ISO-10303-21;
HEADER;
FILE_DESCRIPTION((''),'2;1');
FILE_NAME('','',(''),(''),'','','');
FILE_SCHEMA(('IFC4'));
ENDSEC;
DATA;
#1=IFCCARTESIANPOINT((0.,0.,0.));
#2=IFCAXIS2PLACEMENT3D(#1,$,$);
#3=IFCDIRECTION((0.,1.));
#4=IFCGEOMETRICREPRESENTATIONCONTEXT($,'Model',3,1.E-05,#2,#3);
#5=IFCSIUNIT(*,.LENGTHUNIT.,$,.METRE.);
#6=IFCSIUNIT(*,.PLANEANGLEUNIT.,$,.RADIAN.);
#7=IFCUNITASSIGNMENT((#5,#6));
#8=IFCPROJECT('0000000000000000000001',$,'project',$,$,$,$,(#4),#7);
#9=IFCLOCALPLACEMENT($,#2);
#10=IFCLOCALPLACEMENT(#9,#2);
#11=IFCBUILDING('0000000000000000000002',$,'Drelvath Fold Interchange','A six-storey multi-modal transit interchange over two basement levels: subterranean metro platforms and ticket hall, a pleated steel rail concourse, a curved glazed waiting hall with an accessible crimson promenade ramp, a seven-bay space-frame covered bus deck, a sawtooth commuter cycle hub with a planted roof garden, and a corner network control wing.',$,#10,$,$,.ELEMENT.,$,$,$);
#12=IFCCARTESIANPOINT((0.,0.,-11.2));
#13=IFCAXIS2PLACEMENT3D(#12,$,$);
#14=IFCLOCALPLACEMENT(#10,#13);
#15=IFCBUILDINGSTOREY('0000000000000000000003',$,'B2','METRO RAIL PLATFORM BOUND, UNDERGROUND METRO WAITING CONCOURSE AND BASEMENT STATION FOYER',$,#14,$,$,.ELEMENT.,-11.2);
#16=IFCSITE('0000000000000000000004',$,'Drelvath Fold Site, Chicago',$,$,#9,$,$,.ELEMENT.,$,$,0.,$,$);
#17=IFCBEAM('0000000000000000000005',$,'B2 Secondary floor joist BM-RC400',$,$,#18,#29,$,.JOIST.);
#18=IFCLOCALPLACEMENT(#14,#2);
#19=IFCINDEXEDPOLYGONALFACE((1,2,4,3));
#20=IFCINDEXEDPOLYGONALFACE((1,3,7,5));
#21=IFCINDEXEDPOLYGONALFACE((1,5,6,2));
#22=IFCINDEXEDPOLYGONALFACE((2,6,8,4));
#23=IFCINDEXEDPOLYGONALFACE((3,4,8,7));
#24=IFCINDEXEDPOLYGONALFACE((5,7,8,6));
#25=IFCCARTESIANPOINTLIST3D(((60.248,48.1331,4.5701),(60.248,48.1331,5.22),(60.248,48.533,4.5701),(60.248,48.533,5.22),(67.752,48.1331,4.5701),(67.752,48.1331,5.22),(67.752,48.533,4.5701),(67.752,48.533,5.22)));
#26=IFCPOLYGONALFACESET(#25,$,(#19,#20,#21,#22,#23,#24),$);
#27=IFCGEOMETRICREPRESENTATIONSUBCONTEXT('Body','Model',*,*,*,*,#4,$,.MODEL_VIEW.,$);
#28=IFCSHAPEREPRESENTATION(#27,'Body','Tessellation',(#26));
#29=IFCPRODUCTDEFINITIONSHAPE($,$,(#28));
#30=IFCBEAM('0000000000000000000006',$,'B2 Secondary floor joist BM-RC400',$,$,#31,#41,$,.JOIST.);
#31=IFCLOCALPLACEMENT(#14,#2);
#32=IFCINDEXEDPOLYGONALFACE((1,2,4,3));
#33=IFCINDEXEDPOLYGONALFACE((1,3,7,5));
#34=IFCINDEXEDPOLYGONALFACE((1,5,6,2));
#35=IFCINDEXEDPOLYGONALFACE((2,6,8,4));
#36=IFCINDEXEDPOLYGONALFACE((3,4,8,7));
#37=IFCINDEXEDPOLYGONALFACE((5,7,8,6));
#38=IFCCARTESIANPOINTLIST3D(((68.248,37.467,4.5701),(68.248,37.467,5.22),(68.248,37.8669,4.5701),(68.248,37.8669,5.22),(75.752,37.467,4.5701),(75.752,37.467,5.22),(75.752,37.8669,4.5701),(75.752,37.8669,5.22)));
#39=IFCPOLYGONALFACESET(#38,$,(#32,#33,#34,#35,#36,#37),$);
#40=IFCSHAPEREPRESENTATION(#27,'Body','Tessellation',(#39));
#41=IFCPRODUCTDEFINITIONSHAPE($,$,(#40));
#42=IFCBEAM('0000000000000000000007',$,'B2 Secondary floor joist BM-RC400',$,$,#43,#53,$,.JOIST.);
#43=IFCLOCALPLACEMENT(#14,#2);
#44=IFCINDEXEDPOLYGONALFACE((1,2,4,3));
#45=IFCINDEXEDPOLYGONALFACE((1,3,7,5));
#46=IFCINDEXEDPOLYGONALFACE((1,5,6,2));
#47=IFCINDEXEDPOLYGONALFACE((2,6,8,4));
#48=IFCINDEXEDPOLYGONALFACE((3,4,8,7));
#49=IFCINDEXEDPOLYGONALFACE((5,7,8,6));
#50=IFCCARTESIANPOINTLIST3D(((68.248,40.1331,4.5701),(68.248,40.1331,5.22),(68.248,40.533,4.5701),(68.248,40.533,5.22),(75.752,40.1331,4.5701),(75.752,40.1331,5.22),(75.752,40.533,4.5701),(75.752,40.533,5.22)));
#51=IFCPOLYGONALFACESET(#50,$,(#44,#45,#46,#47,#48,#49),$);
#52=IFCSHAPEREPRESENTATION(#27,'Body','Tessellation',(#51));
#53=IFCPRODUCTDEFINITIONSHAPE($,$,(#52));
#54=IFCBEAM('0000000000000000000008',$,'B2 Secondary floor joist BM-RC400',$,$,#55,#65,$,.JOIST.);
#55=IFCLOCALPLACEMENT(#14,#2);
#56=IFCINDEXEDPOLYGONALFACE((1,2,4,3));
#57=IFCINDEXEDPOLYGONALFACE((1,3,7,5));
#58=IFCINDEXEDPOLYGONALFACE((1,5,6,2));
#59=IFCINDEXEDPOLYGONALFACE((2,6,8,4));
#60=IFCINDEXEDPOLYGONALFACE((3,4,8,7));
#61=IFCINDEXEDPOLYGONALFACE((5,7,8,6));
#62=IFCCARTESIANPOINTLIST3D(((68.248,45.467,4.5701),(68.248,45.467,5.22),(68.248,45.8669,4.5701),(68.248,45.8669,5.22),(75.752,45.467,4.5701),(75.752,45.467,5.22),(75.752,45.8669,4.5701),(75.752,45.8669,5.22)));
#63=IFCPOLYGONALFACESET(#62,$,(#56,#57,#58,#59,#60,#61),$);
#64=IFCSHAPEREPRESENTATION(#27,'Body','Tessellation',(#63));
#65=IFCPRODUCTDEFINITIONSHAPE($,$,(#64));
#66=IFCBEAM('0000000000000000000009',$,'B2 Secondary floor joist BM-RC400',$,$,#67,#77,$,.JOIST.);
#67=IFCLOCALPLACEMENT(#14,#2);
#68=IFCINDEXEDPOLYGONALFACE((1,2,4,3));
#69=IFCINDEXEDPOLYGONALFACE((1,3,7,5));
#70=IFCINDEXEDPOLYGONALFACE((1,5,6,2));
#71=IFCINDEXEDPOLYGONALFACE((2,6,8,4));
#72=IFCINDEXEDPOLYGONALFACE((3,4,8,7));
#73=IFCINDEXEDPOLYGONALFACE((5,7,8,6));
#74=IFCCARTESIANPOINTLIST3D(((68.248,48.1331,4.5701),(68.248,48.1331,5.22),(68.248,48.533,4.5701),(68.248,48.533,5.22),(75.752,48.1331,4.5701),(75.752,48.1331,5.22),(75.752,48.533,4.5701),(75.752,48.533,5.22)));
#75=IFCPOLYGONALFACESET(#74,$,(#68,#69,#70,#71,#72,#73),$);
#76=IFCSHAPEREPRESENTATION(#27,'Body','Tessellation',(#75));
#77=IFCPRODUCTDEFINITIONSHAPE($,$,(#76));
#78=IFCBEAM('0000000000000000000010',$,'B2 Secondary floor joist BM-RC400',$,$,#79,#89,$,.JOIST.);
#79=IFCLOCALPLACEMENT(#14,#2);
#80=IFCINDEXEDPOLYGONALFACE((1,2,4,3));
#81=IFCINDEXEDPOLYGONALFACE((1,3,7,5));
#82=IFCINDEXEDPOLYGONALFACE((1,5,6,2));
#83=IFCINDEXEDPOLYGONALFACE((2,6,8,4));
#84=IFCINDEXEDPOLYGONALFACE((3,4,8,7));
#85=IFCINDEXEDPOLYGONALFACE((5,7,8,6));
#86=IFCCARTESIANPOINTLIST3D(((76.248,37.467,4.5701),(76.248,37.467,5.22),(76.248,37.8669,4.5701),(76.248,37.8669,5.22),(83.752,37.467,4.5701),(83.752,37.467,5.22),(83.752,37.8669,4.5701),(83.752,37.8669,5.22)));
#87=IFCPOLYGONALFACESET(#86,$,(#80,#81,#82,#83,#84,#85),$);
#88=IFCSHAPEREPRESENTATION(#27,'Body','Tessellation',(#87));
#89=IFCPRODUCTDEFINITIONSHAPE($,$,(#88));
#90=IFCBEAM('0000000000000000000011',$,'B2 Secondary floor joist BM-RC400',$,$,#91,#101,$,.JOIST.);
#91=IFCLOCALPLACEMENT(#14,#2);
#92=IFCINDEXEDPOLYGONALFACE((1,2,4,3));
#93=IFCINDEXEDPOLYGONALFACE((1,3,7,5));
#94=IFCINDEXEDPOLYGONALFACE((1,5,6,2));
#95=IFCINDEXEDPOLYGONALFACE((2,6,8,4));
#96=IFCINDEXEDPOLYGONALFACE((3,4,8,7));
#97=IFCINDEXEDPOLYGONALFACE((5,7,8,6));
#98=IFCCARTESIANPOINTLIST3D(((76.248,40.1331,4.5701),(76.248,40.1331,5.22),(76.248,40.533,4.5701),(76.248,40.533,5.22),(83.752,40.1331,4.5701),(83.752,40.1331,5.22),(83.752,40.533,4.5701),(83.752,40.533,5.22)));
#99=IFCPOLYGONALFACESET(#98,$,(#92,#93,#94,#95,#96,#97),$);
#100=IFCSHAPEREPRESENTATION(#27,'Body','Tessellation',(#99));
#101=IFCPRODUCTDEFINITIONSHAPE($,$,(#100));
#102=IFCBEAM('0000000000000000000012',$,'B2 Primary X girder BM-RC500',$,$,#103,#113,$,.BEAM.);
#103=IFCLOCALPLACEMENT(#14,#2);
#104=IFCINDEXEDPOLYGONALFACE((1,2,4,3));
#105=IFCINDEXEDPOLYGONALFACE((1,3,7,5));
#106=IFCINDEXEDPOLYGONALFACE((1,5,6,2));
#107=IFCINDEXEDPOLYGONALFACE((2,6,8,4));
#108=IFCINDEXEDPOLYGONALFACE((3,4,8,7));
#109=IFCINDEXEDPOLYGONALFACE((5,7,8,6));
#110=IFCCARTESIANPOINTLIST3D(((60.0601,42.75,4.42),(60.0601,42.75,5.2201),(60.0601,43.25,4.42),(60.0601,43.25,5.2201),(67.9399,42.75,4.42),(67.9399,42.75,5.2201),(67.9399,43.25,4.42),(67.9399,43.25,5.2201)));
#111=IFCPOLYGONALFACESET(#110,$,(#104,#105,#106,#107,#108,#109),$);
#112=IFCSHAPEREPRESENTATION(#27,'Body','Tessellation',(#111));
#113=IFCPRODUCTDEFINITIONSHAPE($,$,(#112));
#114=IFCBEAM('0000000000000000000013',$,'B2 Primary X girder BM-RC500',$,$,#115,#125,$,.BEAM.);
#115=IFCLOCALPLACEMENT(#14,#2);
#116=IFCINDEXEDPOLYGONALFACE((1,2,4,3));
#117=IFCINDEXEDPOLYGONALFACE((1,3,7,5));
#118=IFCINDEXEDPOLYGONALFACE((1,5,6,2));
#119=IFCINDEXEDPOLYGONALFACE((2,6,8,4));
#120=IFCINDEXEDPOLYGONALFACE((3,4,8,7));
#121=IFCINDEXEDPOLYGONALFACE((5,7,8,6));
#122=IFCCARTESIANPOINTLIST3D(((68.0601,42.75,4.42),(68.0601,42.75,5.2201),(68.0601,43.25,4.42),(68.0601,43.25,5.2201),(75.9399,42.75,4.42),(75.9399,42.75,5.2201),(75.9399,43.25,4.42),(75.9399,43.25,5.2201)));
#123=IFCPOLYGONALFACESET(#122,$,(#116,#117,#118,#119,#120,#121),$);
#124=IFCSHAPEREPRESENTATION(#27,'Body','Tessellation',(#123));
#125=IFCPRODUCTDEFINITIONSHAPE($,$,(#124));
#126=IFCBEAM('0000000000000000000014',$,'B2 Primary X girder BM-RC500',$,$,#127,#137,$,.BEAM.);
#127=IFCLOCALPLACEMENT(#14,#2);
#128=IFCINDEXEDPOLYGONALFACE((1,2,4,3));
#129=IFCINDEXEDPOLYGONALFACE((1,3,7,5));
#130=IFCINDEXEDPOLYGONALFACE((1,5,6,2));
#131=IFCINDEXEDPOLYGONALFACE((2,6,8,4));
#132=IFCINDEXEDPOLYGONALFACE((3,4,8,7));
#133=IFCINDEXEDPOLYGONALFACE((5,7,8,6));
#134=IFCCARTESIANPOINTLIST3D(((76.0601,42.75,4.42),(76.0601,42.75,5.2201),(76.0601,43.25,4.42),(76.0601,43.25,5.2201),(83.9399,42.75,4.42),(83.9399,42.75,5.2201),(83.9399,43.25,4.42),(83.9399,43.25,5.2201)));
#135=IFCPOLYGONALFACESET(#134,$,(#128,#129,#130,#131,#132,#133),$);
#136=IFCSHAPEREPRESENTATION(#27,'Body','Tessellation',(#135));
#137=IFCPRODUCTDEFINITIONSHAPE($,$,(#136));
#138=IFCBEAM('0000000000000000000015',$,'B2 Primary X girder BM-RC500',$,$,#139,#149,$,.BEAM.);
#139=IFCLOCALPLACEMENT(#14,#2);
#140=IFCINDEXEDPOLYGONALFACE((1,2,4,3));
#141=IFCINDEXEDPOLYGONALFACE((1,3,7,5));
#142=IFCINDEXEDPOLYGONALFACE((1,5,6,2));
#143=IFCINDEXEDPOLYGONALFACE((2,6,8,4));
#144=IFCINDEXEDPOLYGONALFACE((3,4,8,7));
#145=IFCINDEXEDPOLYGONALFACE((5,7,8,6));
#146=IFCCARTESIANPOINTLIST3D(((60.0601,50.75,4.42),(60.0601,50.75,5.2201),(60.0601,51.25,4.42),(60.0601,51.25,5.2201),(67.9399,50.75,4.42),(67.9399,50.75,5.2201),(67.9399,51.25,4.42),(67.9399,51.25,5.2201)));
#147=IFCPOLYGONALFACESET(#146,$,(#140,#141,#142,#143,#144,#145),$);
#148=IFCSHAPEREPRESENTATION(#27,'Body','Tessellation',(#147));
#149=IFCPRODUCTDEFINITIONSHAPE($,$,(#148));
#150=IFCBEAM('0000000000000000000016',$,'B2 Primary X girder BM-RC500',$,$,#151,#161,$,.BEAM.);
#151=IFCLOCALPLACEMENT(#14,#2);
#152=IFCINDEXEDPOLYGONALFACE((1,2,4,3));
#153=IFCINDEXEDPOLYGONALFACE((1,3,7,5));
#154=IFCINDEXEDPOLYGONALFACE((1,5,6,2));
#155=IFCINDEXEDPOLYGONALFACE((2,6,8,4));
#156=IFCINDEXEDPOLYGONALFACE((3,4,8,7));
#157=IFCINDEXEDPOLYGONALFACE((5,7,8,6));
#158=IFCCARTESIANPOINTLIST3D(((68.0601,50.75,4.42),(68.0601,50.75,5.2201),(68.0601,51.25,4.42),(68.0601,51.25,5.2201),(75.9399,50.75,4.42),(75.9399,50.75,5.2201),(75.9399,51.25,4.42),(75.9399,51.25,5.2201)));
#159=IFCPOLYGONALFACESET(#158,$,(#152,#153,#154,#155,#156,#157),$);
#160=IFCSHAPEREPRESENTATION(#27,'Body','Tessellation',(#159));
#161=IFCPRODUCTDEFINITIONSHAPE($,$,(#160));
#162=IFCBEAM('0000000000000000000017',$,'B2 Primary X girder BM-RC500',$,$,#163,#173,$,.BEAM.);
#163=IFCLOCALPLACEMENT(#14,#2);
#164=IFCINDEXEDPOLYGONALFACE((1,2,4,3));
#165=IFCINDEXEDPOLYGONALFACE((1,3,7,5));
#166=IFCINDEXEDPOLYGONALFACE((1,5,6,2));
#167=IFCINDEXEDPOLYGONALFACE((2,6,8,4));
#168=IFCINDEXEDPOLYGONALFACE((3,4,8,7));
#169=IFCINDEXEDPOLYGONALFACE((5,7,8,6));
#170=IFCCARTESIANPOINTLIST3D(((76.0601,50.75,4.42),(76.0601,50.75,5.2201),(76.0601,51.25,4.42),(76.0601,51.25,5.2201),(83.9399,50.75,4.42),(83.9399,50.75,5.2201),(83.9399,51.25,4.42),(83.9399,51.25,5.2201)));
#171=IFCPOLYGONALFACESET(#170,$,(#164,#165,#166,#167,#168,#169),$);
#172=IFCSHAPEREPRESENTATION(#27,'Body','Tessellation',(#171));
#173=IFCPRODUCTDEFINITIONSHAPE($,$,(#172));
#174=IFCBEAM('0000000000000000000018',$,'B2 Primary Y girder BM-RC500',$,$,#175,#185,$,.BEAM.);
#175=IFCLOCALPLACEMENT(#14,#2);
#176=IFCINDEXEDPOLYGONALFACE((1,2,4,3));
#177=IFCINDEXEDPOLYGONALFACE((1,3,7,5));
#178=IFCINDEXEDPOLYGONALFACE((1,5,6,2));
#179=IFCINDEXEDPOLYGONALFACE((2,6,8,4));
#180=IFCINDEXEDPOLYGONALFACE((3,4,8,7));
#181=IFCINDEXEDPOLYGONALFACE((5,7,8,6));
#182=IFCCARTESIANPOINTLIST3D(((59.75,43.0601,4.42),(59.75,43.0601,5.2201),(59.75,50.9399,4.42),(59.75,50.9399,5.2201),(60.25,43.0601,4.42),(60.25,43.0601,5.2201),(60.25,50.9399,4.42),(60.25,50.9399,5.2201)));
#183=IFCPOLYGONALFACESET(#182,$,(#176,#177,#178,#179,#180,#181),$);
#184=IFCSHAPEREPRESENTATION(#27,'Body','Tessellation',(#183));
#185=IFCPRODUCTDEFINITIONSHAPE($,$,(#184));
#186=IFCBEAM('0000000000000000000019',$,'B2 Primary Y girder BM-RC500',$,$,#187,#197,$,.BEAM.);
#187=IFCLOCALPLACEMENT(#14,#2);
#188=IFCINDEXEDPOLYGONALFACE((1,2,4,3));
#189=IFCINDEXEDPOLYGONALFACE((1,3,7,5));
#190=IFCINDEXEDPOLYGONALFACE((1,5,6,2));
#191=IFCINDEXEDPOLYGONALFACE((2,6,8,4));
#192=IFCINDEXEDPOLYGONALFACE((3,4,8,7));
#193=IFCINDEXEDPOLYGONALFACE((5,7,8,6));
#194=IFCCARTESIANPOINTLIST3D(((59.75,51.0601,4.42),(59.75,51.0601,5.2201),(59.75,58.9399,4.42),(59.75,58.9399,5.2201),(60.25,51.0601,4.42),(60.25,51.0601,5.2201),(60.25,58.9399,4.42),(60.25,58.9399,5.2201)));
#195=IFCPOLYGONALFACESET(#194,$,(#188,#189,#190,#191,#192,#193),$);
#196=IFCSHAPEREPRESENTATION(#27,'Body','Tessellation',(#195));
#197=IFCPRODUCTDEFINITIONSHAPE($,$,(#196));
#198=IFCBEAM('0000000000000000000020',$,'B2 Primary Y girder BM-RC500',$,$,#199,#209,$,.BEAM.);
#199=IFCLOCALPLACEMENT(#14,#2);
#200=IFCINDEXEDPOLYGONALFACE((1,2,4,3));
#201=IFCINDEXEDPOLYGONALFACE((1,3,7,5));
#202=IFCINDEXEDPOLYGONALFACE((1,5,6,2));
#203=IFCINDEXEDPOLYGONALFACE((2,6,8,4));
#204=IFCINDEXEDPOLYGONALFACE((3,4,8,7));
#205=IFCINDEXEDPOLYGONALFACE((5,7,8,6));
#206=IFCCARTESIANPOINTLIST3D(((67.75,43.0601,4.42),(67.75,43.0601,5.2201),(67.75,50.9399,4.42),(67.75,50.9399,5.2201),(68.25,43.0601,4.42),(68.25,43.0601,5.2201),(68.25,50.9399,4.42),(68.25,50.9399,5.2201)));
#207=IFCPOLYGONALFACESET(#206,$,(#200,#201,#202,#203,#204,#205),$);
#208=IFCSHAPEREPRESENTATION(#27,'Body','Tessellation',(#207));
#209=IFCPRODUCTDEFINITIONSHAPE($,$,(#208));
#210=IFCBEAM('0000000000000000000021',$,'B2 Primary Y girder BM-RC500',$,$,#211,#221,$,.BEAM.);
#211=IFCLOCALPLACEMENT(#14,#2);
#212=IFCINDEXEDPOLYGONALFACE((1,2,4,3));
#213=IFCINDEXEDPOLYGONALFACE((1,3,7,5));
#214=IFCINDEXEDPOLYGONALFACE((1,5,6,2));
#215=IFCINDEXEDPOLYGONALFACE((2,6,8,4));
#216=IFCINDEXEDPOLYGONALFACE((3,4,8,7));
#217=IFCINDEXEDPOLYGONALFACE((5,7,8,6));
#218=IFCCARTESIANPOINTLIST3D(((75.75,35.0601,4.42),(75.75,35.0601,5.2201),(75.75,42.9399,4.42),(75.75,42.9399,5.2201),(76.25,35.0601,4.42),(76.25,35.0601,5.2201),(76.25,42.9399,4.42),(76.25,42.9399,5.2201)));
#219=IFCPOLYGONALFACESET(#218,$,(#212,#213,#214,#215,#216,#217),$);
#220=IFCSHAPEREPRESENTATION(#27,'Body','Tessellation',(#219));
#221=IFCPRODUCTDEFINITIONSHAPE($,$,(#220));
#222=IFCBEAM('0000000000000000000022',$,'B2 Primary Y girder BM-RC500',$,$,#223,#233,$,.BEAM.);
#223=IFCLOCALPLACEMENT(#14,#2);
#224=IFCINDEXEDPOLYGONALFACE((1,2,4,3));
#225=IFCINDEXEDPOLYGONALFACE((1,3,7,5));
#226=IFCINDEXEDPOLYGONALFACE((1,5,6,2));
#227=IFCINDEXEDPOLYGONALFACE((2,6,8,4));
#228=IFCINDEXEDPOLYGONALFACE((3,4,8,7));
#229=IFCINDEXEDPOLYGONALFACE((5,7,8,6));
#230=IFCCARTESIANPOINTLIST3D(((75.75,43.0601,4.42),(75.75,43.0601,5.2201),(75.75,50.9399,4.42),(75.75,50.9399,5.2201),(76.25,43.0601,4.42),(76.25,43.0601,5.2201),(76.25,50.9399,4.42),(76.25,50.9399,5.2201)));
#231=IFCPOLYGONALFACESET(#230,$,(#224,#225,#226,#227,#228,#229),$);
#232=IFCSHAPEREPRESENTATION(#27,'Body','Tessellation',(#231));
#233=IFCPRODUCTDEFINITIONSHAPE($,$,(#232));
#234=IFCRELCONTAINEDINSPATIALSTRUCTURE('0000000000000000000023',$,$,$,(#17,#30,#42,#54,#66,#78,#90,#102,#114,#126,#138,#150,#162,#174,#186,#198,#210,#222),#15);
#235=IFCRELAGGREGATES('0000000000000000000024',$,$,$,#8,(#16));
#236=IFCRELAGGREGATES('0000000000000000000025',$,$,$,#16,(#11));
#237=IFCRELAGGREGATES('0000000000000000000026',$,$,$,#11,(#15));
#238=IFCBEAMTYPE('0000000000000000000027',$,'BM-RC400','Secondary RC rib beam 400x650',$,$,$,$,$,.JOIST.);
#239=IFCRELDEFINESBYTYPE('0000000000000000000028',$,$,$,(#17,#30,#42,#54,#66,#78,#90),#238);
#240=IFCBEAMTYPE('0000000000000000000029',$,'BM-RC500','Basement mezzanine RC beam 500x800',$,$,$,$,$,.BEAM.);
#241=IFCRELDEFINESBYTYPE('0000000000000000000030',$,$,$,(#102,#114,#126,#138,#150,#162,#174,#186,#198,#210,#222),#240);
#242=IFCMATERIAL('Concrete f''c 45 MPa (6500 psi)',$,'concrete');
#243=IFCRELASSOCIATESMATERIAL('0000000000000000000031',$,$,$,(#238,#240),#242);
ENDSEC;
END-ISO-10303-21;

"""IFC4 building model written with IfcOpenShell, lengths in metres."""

from ifc_helpers import new_model, si_unit, direction, frame, origin, origin_2d, place, context, subcontext, project, spatial, rectangle, extrude, material, material_profile, profile_set, type_object, element, save


model = new_model("IFC4")

# Units and contexts
model_context = context("Model", 3, precision=1e-05, world=origin(), true_north=direction((0.0, 1.0)))
body_context = subcontext(model_context, "Body", "Model", "MODEL_VIEW")
ifc_project = project(units=[si_unit("LENGTHUNIT", "METRE"), si_unit("PLANEANGLEUNIT", "RADIAN")], contexts=[model_context])

# Site, building, storey
site_placement = place(None, origin())
site = spatial("IfcSite", under=ifc_project, at=site_placement, Name="Drelvath Fold Site, Chicago", CompositionType="ELEMENT", RefElevation=0.0)
building_placement = place(site_placement, origin())
building = spatial("IfcBuilding", under=site, at=building_placement, Name="Drelvath Fold Interchange", Description="A six-storey multi-modal transit interchange over two basement levels: subterranean metro platforms and ticket hall, a pleated steel rail concourse, a curved glazed waiting hall with an accessible crimson promenade ramp, a seven-bay space-frame covered bus deck, a sawtooth commuter cycle hub with a planted roof garden, and a corner network control wing.", CompositionType="ELEMENT")
storey_placement = place(building_placement, frame((0.0, 0.0, -11.2)))
storey = spatial("IfcBuildingStorey", under=building, at=storey_placement, Name="B2", Description="METRO RAIL PLATFORM BOUND, UNDERGROUND METRO WAITING CONCOURSE AND BASEMENT STATION FOYER", CompositionType="ELEMENT", Elevation=-11.2)

# Beams
ifc_material_1 = material(Name="Concrete f'c 45 MPa (6500 psi)", Category="concrete")
ifc_material_profile_1 = material_profile(ifc_material_1, rectangle(XDim=0.3999, YDim=0.6499, at=origin_2d()), Name="RC 400x650")
ifc_profile_set_1 = profile_set([ifc_material_profile_1], Name="Concrete f'c 45 MPa (6500 psi)")
beam_type_1 = type_object("IfcBeamType", Name="BM-RC400", Description="Secondary RC rib beam 400x650", PredefinedType="JOIST", material=ifc_profile_set_1)
for number, where, z_axis, x_axis, name in (
    (1, (60.248, 48.333, 4.895), (1.0, 0.0, 0.0), (0.0, 1.0, 0.0), "B2 Secondary floor joist BM-RC400"),
    (2, (68.248, 37.667, 4.895), (1.0, 0.0, 0.0), (0.0, 1.0, 0.0), "B2 Secondary floor joist BM-RC400"),
    (3, (68.248, 40.333, 4.895), (1.0, 0.0, 0.0), (0.0, 1.0, 0.0), "B2 Secondary floor joist BM-RC400"),
    (4, (68.248, 45.667, 4.895), (1.0, 0.0, 0.0), (0.0, 1.0, 0.0), "B2 Secondary floor joist BM-RC400"),
    (5, (68.248, 48.333, 4.895), (1.0, 0.0, 0.0), (0.0, 1.0, 0.0), "B2 Secondary floor joist BM-RC400"),
    (6, (76.248, 37.667, 4.895), (1.0, 0.0, 0.0), (0.0, 1.0, 0.0), "B2 Secondary floor joist BM-RC400"),
    (7, (76.248, 40.333, 4.895), (1.0, 0.0, 0.0), (0.0, 1.0, 0.0), "B2 Secondary floor joist BM-RC400"),
):
    element("IfcBeam", number, at=place(storey_placement, frame(where, z_axis=z_axis, x_axis=x_axis)), inside=storey, type_object=beam_type_1, Name=name, PredefinedType="JOIST", context=body_context, shape_type="SweptSolid", body=[
        extrude(rectangle(XDim=0.3999, YDim=0.6499, at=origin_2d()), origin(), (0.0, 0.0, 1.0), 7.5039),
    ])
ifc_material_profile_2 = material_profile(ifc_material_1, rectangle(XDim=0.5, YDim=0.8, at=origin_2d()), Name="RC 500x800")
ifc_profile_set_2 = profile_set([ifc_material_profile_2], Name="Concrete f'c 45 MPa (6500 psi)")
beam_type_2 = type_object("IfcBeamType", Name="BM-RC500", Description="Basement mezzanine RC beam 500x800", PredefinedType="BEAM", material=ifc_profile_set_2)
for number, where, z_axis, x_axis, name in (
    (8, (60.0601, 43.0, 4.8201), (1.0, 0.0, 0.0), (0.0, 1.0, 0.0), "B2 Primary X girder BM-RC500"),
    (9, (68.0601, 43.0, 4.8201), (1.0, 0.0, 0.0), (0.0, 1.0, 0.0), "B2 Primary X girder BM-RC500"),
    (10, (76.0601, 43.0, 4.8201), (1.0, 0.0, 0.0), (0.0, 1.0, 0.0), "B2 Primary X girder BM-RC500"),
    (11, (60.0601, 51.0, 4.8201), (1.0, 0.0, 0.0), (0.0, 1.0, 0.0), "B2 Primary X girder BM-RC500"),
    (12, (68.0601, 51.0, 4.8201), (1.0, 0.0, 0.0), (0.0, 1.0, 0.0), "B2 Primary X girder BM-RC500"),
    (13, (76.0601, 51.0, 4.8201), (1.0, 0.0, 0.0), (0.0, 1.0, 0.0), "B2 Primary X girder BM-RC500"),
    (14, (60.0, 43.0601, 4.8201), (0.0, 1.0, 0.0), (-1.0, 0.0, 0.0), "B2 Primary Y girder BM-RC500"),
    (15, (60.0, 51.0601, 4.8201), (0.0, 1.0, 0.0), (-1.0, 0.0, 0.0), "B2 Primary Y girder BM-RC500"),
    (16, (68.0, 43.0601, 4.8201), (0.0, 1.0, 0.0), (-1.0, 0.0, 0.0), "B2 Primary Y girder BM-RC500"),
    (17, (76.0, 35.0601, 4.8201), (0.0, 1.0, 0.0), (-1.0, 0.0, 0.0), "B2 Primary Y girder BM-RC500"),
    (18, (76.0, 43.0601, 4.8201), (0.0, 1.0, 0.0), (-1.0, 0.0, 0.0), "B2 Primary Y girder BM-RC500"),
):
    element("IfcBeam", number, at=place(storey_placement, frame(where, z_axis=z_axis, x_axis=x_axis)), inside=storey, type_object=beam_type_2, Name=name, PredefinedType="BEAM", context=body_context, shape_type="SweptSolid", body=[
        extrude(rectangle(XDim=0.5, YDim=0.8, at=origin_2d()), origin(), (0.0, 0.0, 1.0), 7.8799),
    ])

save(model, "model.ifc")
